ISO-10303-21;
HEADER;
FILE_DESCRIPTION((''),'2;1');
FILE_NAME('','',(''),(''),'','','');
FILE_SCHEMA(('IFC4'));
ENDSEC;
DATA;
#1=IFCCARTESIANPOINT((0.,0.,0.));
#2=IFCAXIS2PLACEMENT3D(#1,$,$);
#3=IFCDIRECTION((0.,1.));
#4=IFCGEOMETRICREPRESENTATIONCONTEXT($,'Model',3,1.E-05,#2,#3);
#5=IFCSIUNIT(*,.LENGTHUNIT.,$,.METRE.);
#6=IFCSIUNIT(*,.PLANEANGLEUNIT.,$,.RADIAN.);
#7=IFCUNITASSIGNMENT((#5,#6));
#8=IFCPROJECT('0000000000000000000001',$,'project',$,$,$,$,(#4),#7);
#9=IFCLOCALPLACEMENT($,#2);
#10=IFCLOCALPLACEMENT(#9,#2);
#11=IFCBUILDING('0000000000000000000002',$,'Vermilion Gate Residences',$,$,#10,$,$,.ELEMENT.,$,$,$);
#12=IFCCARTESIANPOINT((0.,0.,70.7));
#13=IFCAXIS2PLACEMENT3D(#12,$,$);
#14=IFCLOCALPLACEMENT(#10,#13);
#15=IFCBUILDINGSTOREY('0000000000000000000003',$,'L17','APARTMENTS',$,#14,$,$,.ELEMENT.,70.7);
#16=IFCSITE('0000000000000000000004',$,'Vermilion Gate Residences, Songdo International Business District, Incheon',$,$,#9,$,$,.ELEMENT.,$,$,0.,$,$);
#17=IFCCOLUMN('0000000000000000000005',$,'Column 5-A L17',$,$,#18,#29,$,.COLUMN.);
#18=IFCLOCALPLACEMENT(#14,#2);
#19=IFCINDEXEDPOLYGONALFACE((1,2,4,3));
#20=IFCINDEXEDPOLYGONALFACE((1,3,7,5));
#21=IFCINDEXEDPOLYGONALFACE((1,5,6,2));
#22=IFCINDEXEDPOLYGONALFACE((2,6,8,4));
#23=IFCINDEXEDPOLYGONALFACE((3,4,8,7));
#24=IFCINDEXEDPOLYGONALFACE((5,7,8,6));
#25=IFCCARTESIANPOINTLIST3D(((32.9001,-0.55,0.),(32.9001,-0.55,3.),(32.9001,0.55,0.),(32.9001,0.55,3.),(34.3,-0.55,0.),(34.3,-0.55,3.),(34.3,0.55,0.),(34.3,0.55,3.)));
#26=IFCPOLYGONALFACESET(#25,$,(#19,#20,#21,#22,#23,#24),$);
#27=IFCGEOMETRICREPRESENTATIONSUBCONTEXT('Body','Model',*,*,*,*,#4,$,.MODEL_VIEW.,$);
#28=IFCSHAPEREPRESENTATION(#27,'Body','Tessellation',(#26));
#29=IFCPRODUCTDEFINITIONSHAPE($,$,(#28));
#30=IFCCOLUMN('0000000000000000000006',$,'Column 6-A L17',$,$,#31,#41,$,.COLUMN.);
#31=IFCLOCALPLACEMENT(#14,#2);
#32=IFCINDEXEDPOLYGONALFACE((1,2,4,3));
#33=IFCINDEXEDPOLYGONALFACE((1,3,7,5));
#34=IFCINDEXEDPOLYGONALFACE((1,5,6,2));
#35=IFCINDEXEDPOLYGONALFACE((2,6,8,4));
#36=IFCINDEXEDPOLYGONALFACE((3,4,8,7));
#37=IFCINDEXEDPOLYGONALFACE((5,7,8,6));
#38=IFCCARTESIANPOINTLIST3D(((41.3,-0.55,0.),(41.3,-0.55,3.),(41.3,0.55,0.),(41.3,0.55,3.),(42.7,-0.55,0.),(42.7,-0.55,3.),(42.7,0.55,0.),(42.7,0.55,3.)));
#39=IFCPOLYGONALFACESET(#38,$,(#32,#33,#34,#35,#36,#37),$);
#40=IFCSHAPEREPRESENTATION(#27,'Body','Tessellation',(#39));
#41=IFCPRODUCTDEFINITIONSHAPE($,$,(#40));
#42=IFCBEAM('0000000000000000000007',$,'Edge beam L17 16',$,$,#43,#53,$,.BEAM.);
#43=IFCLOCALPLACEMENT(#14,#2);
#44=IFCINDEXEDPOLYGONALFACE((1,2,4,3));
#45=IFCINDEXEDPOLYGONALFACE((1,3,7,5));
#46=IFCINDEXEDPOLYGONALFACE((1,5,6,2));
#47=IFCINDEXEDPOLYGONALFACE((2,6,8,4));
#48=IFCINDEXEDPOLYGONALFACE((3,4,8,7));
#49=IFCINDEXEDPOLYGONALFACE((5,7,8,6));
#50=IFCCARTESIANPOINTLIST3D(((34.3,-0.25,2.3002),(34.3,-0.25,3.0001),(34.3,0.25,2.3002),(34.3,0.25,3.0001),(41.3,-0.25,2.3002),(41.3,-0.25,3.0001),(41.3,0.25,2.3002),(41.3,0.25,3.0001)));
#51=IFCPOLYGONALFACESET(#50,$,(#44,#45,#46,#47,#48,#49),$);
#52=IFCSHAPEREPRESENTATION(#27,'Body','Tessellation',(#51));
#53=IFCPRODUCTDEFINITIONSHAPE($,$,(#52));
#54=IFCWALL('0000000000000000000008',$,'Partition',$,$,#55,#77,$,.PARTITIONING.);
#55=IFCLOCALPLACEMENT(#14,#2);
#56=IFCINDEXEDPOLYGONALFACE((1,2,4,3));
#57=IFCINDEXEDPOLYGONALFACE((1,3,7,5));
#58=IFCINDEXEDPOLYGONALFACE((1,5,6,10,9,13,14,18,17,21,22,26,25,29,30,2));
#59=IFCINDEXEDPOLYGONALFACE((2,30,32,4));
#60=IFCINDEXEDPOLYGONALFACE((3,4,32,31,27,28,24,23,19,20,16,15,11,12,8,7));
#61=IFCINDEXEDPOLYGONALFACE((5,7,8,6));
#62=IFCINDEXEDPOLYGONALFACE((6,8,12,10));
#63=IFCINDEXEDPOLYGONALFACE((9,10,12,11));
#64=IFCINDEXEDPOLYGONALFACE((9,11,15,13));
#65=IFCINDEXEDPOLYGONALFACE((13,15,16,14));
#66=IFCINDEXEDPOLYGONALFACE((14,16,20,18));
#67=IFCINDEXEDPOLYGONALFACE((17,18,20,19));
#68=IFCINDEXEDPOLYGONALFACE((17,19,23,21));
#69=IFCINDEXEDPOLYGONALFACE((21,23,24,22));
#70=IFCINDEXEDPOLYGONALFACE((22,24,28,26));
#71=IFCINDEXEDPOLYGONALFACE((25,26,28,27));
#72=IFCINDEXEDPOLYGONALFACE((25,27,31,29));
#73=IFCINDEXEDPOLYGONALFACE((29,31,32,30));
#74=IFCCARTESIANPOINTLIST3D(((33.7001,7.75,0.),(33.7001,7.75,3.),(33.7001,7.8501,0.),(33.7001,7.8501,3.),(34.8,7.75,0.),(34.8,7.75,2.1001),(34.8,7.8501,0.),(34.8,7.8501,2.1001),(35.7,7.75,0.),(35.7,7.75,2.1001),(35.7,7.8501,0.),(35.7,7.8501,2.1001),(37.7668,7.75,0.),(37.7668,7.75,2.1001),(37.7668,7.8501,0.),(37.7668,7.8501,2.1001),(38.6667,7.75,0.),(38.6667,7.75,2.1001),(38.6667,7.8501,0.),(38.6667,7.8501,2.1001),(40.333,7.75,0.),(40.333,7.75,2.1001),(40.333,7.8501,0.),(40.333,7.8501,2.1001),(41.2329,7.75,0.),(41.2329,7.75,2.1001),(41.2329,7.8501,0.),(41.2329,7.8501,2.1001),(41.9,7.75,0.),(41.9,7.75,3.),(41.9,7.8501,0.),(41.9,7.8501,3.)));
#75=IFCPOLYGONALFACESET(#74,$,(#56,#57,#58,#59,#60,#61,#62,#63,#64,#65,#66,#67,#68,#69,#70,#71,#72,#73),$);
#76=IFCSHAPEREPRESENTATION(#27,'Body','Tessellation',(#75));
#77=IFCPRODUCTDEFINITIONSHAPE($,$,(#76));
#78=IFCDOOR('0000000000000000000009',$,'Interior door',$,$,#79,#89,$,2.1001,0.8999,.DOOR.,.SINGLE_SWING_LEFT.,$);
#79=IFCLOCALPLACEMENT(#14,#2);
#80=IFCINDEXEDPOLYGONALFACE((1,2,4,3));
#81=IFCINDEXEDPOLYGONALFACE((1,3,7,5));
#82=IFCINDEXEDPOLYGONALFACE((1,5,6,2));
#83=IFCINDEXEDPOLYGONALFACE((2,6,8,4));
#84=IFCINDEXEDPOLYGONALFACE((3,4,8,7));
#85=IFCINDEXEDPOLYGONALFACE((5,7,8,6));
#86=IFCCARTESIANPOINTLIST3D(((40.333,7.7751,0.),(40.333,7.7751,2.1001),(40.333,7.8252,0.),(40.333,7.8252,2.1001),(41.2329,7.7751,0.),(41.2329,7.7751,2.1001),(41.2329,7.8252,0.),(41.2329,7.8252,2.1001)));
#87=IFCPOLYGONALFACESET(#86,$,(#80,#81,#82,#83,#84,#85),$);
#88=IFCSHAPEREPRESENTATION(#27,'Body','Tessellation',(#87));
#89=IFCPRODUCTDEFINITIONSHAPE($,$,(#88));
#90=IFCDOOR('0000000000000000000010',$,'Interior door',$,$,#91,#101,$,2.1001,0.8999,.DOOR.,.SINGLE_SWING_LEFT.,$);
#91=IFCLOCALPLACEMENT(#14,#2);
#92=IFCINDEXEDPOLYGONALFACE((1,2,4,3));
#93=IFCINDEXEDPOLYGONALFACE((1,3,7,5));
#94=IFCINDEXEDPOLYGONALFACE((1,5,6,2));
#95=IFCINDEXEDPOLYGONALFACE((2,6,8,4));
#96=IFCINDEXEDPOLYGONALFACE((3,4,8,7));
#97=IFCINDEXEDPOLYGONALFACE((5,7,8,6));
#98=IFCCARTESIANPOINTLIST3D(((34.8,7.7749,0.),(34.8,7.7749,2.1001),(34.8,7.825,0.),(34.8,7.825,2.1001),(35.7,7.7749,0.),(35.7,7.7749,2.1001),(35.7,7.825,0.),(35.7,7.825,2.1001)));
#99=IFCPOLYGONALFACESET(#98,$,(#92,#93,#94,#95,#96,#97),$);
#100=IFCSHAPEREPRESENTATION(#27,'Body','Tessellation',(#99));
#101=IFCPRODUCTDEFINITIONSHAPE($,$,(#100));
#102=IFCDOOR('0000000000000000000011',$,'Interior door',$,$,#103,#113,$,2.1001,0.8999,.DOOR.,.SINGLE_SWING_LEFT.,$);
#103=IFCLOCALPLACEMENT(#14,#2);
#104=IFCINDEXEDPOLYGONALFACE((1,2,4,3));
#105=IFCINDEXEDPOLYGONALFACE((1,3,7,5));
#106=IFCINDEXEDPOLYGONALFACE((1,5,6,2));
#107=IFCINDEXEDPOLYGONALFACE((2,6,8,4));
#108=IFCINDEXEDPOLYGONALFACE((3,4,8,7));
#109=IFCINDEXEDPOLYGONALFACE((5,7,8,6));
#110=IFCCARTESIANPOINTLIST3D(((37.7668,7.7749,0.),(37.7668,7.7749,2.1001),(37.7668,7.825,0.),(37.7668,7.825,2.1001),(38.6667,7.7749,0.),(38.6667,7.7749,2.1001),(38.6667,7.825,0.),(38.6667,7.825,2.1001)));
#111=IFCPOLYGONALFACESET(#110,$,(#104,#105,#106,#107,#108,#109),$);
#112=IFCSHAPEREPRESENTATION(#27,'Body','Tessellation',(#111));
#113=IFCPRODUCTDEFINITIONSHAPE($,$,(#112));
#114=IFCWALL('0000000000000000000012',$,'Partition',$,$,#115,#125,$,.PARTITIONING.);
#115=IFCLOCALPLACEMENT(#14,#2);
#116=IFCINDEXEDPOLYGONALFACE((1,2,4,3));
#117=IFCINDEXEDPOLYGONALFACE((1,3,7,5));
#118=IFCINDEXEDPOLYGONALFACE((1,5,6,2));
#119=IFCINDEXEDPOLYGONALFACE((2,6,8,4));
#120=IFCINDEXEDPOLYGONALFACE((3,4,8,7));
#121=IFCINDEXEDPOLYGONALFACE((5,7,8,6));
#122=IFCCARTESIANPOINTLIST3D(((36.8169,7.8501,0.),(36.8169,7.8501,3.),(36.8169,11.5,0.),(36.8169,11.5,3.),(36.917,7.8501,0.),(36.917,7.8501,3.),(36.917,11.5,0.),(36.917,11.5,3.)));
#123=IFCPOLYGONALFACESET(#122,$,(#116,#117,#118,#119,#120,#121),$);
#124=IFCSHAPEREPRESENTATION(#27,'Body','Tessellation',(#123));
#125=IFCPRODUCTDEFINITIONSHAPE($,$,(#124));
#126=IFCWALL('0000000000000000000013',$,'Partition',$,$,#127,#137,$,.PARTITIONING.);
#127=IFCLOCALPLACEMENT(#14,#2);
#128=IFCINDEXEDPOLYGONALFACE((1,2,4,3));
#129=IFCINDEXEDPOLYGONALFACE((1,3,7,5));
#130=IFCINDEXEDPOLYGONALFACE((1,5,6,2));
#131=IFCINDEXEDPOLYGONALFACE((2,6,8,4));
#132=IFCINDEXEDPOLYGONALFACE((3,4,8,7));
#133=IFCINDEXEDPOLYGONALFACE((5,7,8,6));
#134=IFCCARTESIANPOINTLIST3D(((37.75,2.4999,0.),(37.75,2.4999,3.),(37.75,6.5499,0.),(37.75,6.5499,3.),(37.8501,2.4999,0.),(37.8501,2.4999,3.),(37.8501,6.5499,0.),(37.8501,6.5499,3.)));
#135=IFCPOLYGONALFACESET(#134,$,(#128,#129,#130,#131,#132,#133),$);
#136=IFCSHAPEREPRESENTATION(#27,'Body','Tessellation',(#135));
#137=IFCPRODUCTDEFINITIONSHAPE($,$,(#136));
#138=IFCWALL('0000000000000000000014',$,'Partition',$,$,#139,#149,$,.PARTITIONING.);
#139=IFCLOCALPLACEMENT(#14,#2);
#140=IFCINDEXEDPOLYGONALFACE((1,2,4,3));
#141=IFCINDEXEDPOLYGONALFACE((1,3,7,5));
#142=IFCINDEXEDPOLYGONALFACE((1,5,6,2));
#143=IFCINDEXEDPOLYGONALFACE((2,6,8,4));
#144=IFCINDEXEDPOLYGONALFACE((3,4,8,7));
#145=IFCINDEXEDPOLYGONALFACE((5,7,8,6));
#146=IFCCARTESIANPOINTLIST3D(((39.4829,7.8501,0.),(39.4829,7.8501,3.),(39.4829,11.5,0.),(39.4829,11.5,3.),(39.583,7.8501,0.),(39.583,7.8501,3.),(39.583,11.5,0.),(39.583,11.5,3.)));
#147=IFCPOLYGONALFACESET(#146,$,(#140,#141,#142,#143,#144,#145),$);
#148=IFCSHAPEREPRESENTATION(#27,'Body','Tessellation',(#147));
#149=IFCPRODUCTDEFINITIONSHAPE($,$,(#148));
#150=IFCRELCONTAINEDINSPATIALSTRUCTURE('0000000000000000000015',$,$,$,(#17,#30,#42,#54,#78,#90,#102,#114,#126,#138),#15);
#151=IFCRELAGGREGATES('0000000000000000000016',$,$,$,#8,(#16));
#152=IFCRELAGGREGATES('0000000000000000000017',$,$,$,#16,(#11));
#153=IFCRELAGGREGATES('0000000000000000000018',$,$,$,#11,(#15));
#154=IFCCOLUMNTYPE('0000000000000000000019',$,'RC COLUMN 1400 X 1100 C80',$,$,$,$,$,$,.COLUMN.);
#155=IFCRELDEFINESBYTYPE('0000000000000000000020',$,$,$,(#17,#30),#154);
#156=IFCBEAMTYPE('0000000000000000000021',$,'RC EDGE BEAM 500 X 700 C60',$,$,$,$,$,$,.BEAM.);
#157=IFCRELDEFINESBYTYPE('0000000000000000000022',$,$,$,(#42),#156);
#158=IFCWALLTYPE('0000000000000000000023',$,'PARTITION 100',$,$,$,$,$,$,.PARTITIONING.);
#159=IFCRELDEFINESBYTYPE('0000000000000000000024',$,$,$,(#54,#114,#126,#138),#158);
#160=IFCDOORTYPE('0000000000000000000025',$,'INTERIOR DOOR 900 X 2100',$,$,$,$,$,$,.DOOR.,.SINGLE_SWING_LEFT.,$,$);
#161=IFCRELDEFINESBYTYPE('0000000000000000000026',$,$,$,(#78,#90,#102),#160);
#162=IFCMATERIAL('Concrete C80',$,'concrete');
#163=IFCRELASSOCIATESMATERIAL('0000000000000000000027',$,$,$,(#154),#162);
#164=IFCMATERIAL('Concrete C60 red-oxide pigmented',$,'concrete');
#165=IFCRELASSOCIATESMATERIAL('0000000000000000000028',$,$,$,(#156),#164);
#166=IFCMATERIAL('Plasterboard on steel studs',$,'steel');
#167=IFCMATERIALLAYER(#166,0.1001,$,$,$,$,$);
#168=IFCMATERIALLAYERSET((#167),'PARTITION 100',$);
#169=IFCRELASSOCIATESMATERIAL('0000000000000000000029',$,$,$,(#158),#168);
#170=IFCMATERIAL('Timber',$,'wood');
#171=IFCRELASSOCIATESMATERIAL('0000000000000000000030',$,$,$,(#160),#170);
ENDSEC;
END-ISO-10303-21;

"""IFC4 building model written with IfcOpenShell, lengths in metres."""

from ifc_helpers import new_model, si_unit, direction, frame, frame_2d, origin, origin_2d, place, context, subcontext, project, spatial, rectangle, extrude, material, layer, layer_set, material_profile, profile_set, type_object, element, fill, save


model = new_model("IFC4")

# Units and contexts
model_context = context("Model", 3, precision=1e-05, world=origin(), true_north=direction((0.0, 1.0)))
body_context = subcontext(model_context, "Body", "Model", "MODEL_VIEW")
ifc_project = project(units=[si_unit("LENGTHUNIT", "METRE"), si_unit("PLANEANGLEUNIT", "RADIAN")], contexts=[model_context])

# Site, building, storey
site_placement = place(None, origin())
site = spatial("IfcSite", under=ifc_project, at=site_placement, Name="Vermilion Gate Residences, Songdo International Business District, Incheon", CompositionType="ELEMENT", RefElevation=0.0)
building_placement = place(site_placement, origin())
building = spatial("IfcBuilding", under=site, at=building_placement, Name="Vermilion Gate Residences", CompositionType="ELEMENT")
storey_placement = place(building_placement, frame((0.0, 0.0, 70.7)))
storey = spatial("IfcBuildingStorey", under=building, at=storey_placement, Name="L17", Description="APARTMENTS", CompositionType="ELEMENT", Elevation=70.7)

# Columns
ifc_material_1 = material(Name="Concrete C80", Category="concrete")
ifc_material_profile_1 = material_profile(ifc_material_1, rectangle(XDim=1.3999, YDim=1.1001, at=origin_2d()), Name="RC-1400x1100")
ifc_profile_set_1 = profile_set([ifc_material_profile_1], Name="Concrete C80")
column_type = type_object("IfcColumnType", Name="RC COLUMN 1400 X 1100 C80", PredefinedType="COLUMN", material=ifc_profile_set_1)
for number, where, z_axis, x_axis, name in (
    (1, (33.6001, 0.0, 0.0), (0.0, 0.0, 1.0), (1.0, 0.0, 0.0), "Column 5-A L17"),
    (2, (42.0, 0.0, 0.0), (0.0, 0.0, 1.0), (1.0, 0.0, 0.0), "Column 6-A L17"),
):
    element("IfcColumn", number, at=place(storey_placement, frame(where, z_axis=z_axis, x_axis=x_axis)), inside=storey, type_object=column_type, Name=name, PredefinedType="COLUMN", context=body_context, shape_type="SweptSolid", body=[
        extrude(rectangle(XDim=1.3999, YDim=1.1001, at=origin_2d()), origin(), (0.0, 0.0, 1.0), 3.0),
    ])

# Beam
ifc_material_2 = material(Name="Concrete C60 red-oxide pigmented", Category="concrete")
ifc_material_profile_2 = material_profile(ifc_material_2, rectangle(XDim=0.5, YDim=0.7, at=origin_2d()), Name="RC-500x700")
ifc_profile_set_2 = profile_set([ifc_material_profile_2], Name="Concrete C60 red-oxide pigmented")
beam_type = type_object("IfcBeamType", Name="RC EDGE BEAM 500 X 700 C60", PredefinedType="BEAM", material=ifc_profile_set_2)
beam_placement = place(storey_placement, frame((34.3, 0.0, 2.6501), z_axis=(1.0, 0.0, 0.0), x_axis=(0.0, 1.0, 0.0)))
element("IfcBeam", 3, at=beam_placement, inside=storey, type_object=beam_type, Name="Edge beam L17 16", PredefinedType="BEAM", context=body_context, shape_type="SweptSolid", body=[
    extrude(rectangle(XDim=0.5, YDim=0.7, at=origin_2d()), origin(), (0.0, 0.0, 1.0), 7.0),
])

# Wall, openings, doors
ifc_material_3 = material(Name="Plasterboard on steel studs", Category="steel")
ifc_layer_1 = layer(ifc_material_3, 0.1001)
ifc_layer_set_1 = layer_set([ifc_layer_1], Name="PARTITION 100")
wall_type_1 = type_object("IfcWallType", Name="PARTITION 100", PredefinedType="PARTITIONING", material=ifc_layer_set_1)
wall_1_placement = place(storey_placement, frame((33.7, 7.8, 0.0), z_axis=(0.0, 0.0, 1.0), x_axis=(1.0, 0.0, 0.0)))
wall_1 = element("IfcWall", 4, at=wall_1_placement, inside=storey, type_object=wall_type_1, Name="Partition", PredefinedType="PARTITIONING", context=body_context, shape_type="SweptSolid", body=[
    extrude(rectangle(XDim=8.2, YDim=0.1001, at=frame_2d((4.1001, 0.0))), origin(), (0.0, 0.0, 1.0), 3.0),
])
opening_1_placement = place(wall_1_placement, frame((6.6331, 0.0, 0.0)))
opening_1 = element("IfcOpeningElement", 5, at=opening_1_placement, cuts=wall_1, PredefinedType="OPENING", context=body_context, shape_type="SweptSolid", body=[
    extrude(rectangle(XDim=0.8999, YDim=2.1001, at=frame_2d((0.45, 1.05))), frame((0.0, 0.0601, 0.0), z_axis=(0.0, -1.0, 0.0), x_axis=(1.0, 0.0, 0.0)), (0.0, 0.0, 1.0), 0.1201),
])
opening_2_placement = place(wall_1_placement, frame((1.1001, 0.0, 0.0)))
opening_2 = element("IfcOpeningElement", 6, at=opening_2_placement, cuts=wall_1, PredefinedType="OPENING", context=body_context, shape_type="SweptSolid", body=[
    extrude(rectangle(XDim=0.8999, YDim=2.1001, at=frame_2d((0.45, 1.05))), frame((0.0, 0.0601, 0.0), z_axis=(0.0, -1.0, 0.0), x_axis=(1.0, 0.0, 0.0)), (0.0, 0.0, 1.0), 0.1201),
])
opening_3_placement = place(wall_1_placement, frame((4.0669, 0.0, 0.0)))
opening_3 = element("IfcOpeningElement", 7, at=opening_3_placement, cuts=wall_1, PredefinedType="OPENING", context=body_context, shape_type="SweptSolid", body=[
    extrude(rectangle(XDim=0.8999, YDim=2.1001, at=frame_2d((0.45, 1.05))), frame((0.0, 0.0601, 0.0), z_axis=(0.0, -1.0, 0.0), x_axis=(1.0, 0.0, 0.0)), (0.0, 0.0, 1.0), 0.1201),
])
ifc_material_4 = material(Name="Timber", Category="wood")
door_type_1 = type_object("IfcDoorType", Name="INTERIOR DOOR 900 X 2100", OperationType="SINGLE_SWING_LEFT", PredefinedType="DOOR", material=ifc_material_4)
door_1_placement = place(opening_1_placement, frame((0.8999, 0.0, 0.0), z_axis=(0.0, 0.0, 1.0), x_axis=(-1.0, 0.0, 0.0)))
door_1 = element("IfcDoor", 8, at=door_1_placement, inside=storey, type_object=door_type_1, Name="Interior door", OperationType="SINGLE_SWING_LEFT", OverallHeight=2.1001, OverallWidth=0.8999, PredefinedType="DOOR", context=body_context, shape_type="SweptSolid", body=[
    extrude(rectangle(XDim=0.8999, YDim=2.1001, at=frame_2d((0.45, 1.05))), frame((0.0, 0.0249, 0.0), z_axis=(0.0, -1.0, 0.0), x_axis=(1.0, 0.0, 0.0)), (0.0, 0.0, 1.0), 0.05),
])
fill(opening_1, door_1)
door_2_placement = place(opening_2_placement, origin())
door_2 = element("IfcDoor", 9, at=door_2_placement, inside=storey, type_object=door_type_1, Name="Interior door", OperationType="SINGLE_SWING_LEFT", OverallHeight=2.1001, OverallWidth=0.8999, PredefinedType="DOOR", context=body_context, shape_type="SweptSolid", body=[
    extrude(rectangle(XDim=0.8999, YDim=2.1001, at=frame_2d((0.45, 1.05))), frame((0.0, 0.0249, 0.0), z_axis=(0.0, -1.0, 0.0), x_axis=(1.0, 0.0, 0.0)), (0.0, 0.0, 1.0), 0.05),
])
fill(opening_2, door_2)
door_3_placement = place(opening_3_placement, origin())
door_3 = element("IfcDoor", 10, at=door_3_placement, inside=storey, type_object=door_type_1, Name="Interior door", OperationType="SINGLE_SWING_LEFT", OverallHeight=2.1001, OverallWidth=0.8999, PredefinedType="DOOR", context=body_context, shape_type="SweptSolid", body=[
    extrude(rectangle(XDim=0.8999, YDim=2.1001, at=frame_2d((0.45, 1.05))), frame((0.0, 0.0249, 0.0), z_axis=(0.0, -1.0, 0.0), x_axis=(1.0, 0.0, 0.0)), (0.0, 0.0, 1.0), 0.05),
])
fill(opening_3, door_3)

# Walls
wall_2_placement = place(storey_placement, frame((36.8669, 7.8501, 0.0), z_axis=(0.0, 0.0, 1.0), x_axis=(0.0, 1.0, 0.0)))
element("IfcWall", 11, at=wall_2_placement, inside=storey, type_object=wall_type_1, Name="Partition", PredefinedType="PARTITIONING", context=body_context, shape_type="SweptSolid", body=[
    extrude(rectangle(XDim=3.6499, YDim=0.1001, at=frame_2d((1.825, 0.0))), origin(), (0.0, 0.0, 1.0), 3.0),
])
wall_3_placement = place(storey_placement, frame((37.8, 2.5, 0.0), z_axis=(0.0, 0.0, 1.0), x_axis=(0.0, 1.0, 0.0)))
element("IfcWall", 12, at=wall_3_placement, inside=storey, type_object=wall_type_1, Name="Partition", PredefinedType="PARTITIONING", context=body_context, shape_type="SweptSolid", body=[
    extrude(rectangle(XDim=4.05, YDim=0.1001, at=frame_2d((2.0249, 0.0))), origin(), (0.0, 0.0, 1.0), 3.0),
])
wall_4_placement = place(storey_placement, frame((39.533, 7.8501, 0.0), z_axis=(0.0, 0.0, 1.0), x_axis=(0.0, 1.0, 0.0)))
element("IfcWall", 13, at=wall_4_placement, inside=storey, type_object=wall_type_1, Name="Partition", PredefinedType="PARTITIONING", context=body_context, shape_type="SweptSolid", body=[
    extrude(rectangle(XDim=3.6499, YDim=0.1001, at=frame_2d((1.825, 0.0))), origin(), (0.0, 0.0, 1.0), 3.0),
])

save(model, "model.ifc")
